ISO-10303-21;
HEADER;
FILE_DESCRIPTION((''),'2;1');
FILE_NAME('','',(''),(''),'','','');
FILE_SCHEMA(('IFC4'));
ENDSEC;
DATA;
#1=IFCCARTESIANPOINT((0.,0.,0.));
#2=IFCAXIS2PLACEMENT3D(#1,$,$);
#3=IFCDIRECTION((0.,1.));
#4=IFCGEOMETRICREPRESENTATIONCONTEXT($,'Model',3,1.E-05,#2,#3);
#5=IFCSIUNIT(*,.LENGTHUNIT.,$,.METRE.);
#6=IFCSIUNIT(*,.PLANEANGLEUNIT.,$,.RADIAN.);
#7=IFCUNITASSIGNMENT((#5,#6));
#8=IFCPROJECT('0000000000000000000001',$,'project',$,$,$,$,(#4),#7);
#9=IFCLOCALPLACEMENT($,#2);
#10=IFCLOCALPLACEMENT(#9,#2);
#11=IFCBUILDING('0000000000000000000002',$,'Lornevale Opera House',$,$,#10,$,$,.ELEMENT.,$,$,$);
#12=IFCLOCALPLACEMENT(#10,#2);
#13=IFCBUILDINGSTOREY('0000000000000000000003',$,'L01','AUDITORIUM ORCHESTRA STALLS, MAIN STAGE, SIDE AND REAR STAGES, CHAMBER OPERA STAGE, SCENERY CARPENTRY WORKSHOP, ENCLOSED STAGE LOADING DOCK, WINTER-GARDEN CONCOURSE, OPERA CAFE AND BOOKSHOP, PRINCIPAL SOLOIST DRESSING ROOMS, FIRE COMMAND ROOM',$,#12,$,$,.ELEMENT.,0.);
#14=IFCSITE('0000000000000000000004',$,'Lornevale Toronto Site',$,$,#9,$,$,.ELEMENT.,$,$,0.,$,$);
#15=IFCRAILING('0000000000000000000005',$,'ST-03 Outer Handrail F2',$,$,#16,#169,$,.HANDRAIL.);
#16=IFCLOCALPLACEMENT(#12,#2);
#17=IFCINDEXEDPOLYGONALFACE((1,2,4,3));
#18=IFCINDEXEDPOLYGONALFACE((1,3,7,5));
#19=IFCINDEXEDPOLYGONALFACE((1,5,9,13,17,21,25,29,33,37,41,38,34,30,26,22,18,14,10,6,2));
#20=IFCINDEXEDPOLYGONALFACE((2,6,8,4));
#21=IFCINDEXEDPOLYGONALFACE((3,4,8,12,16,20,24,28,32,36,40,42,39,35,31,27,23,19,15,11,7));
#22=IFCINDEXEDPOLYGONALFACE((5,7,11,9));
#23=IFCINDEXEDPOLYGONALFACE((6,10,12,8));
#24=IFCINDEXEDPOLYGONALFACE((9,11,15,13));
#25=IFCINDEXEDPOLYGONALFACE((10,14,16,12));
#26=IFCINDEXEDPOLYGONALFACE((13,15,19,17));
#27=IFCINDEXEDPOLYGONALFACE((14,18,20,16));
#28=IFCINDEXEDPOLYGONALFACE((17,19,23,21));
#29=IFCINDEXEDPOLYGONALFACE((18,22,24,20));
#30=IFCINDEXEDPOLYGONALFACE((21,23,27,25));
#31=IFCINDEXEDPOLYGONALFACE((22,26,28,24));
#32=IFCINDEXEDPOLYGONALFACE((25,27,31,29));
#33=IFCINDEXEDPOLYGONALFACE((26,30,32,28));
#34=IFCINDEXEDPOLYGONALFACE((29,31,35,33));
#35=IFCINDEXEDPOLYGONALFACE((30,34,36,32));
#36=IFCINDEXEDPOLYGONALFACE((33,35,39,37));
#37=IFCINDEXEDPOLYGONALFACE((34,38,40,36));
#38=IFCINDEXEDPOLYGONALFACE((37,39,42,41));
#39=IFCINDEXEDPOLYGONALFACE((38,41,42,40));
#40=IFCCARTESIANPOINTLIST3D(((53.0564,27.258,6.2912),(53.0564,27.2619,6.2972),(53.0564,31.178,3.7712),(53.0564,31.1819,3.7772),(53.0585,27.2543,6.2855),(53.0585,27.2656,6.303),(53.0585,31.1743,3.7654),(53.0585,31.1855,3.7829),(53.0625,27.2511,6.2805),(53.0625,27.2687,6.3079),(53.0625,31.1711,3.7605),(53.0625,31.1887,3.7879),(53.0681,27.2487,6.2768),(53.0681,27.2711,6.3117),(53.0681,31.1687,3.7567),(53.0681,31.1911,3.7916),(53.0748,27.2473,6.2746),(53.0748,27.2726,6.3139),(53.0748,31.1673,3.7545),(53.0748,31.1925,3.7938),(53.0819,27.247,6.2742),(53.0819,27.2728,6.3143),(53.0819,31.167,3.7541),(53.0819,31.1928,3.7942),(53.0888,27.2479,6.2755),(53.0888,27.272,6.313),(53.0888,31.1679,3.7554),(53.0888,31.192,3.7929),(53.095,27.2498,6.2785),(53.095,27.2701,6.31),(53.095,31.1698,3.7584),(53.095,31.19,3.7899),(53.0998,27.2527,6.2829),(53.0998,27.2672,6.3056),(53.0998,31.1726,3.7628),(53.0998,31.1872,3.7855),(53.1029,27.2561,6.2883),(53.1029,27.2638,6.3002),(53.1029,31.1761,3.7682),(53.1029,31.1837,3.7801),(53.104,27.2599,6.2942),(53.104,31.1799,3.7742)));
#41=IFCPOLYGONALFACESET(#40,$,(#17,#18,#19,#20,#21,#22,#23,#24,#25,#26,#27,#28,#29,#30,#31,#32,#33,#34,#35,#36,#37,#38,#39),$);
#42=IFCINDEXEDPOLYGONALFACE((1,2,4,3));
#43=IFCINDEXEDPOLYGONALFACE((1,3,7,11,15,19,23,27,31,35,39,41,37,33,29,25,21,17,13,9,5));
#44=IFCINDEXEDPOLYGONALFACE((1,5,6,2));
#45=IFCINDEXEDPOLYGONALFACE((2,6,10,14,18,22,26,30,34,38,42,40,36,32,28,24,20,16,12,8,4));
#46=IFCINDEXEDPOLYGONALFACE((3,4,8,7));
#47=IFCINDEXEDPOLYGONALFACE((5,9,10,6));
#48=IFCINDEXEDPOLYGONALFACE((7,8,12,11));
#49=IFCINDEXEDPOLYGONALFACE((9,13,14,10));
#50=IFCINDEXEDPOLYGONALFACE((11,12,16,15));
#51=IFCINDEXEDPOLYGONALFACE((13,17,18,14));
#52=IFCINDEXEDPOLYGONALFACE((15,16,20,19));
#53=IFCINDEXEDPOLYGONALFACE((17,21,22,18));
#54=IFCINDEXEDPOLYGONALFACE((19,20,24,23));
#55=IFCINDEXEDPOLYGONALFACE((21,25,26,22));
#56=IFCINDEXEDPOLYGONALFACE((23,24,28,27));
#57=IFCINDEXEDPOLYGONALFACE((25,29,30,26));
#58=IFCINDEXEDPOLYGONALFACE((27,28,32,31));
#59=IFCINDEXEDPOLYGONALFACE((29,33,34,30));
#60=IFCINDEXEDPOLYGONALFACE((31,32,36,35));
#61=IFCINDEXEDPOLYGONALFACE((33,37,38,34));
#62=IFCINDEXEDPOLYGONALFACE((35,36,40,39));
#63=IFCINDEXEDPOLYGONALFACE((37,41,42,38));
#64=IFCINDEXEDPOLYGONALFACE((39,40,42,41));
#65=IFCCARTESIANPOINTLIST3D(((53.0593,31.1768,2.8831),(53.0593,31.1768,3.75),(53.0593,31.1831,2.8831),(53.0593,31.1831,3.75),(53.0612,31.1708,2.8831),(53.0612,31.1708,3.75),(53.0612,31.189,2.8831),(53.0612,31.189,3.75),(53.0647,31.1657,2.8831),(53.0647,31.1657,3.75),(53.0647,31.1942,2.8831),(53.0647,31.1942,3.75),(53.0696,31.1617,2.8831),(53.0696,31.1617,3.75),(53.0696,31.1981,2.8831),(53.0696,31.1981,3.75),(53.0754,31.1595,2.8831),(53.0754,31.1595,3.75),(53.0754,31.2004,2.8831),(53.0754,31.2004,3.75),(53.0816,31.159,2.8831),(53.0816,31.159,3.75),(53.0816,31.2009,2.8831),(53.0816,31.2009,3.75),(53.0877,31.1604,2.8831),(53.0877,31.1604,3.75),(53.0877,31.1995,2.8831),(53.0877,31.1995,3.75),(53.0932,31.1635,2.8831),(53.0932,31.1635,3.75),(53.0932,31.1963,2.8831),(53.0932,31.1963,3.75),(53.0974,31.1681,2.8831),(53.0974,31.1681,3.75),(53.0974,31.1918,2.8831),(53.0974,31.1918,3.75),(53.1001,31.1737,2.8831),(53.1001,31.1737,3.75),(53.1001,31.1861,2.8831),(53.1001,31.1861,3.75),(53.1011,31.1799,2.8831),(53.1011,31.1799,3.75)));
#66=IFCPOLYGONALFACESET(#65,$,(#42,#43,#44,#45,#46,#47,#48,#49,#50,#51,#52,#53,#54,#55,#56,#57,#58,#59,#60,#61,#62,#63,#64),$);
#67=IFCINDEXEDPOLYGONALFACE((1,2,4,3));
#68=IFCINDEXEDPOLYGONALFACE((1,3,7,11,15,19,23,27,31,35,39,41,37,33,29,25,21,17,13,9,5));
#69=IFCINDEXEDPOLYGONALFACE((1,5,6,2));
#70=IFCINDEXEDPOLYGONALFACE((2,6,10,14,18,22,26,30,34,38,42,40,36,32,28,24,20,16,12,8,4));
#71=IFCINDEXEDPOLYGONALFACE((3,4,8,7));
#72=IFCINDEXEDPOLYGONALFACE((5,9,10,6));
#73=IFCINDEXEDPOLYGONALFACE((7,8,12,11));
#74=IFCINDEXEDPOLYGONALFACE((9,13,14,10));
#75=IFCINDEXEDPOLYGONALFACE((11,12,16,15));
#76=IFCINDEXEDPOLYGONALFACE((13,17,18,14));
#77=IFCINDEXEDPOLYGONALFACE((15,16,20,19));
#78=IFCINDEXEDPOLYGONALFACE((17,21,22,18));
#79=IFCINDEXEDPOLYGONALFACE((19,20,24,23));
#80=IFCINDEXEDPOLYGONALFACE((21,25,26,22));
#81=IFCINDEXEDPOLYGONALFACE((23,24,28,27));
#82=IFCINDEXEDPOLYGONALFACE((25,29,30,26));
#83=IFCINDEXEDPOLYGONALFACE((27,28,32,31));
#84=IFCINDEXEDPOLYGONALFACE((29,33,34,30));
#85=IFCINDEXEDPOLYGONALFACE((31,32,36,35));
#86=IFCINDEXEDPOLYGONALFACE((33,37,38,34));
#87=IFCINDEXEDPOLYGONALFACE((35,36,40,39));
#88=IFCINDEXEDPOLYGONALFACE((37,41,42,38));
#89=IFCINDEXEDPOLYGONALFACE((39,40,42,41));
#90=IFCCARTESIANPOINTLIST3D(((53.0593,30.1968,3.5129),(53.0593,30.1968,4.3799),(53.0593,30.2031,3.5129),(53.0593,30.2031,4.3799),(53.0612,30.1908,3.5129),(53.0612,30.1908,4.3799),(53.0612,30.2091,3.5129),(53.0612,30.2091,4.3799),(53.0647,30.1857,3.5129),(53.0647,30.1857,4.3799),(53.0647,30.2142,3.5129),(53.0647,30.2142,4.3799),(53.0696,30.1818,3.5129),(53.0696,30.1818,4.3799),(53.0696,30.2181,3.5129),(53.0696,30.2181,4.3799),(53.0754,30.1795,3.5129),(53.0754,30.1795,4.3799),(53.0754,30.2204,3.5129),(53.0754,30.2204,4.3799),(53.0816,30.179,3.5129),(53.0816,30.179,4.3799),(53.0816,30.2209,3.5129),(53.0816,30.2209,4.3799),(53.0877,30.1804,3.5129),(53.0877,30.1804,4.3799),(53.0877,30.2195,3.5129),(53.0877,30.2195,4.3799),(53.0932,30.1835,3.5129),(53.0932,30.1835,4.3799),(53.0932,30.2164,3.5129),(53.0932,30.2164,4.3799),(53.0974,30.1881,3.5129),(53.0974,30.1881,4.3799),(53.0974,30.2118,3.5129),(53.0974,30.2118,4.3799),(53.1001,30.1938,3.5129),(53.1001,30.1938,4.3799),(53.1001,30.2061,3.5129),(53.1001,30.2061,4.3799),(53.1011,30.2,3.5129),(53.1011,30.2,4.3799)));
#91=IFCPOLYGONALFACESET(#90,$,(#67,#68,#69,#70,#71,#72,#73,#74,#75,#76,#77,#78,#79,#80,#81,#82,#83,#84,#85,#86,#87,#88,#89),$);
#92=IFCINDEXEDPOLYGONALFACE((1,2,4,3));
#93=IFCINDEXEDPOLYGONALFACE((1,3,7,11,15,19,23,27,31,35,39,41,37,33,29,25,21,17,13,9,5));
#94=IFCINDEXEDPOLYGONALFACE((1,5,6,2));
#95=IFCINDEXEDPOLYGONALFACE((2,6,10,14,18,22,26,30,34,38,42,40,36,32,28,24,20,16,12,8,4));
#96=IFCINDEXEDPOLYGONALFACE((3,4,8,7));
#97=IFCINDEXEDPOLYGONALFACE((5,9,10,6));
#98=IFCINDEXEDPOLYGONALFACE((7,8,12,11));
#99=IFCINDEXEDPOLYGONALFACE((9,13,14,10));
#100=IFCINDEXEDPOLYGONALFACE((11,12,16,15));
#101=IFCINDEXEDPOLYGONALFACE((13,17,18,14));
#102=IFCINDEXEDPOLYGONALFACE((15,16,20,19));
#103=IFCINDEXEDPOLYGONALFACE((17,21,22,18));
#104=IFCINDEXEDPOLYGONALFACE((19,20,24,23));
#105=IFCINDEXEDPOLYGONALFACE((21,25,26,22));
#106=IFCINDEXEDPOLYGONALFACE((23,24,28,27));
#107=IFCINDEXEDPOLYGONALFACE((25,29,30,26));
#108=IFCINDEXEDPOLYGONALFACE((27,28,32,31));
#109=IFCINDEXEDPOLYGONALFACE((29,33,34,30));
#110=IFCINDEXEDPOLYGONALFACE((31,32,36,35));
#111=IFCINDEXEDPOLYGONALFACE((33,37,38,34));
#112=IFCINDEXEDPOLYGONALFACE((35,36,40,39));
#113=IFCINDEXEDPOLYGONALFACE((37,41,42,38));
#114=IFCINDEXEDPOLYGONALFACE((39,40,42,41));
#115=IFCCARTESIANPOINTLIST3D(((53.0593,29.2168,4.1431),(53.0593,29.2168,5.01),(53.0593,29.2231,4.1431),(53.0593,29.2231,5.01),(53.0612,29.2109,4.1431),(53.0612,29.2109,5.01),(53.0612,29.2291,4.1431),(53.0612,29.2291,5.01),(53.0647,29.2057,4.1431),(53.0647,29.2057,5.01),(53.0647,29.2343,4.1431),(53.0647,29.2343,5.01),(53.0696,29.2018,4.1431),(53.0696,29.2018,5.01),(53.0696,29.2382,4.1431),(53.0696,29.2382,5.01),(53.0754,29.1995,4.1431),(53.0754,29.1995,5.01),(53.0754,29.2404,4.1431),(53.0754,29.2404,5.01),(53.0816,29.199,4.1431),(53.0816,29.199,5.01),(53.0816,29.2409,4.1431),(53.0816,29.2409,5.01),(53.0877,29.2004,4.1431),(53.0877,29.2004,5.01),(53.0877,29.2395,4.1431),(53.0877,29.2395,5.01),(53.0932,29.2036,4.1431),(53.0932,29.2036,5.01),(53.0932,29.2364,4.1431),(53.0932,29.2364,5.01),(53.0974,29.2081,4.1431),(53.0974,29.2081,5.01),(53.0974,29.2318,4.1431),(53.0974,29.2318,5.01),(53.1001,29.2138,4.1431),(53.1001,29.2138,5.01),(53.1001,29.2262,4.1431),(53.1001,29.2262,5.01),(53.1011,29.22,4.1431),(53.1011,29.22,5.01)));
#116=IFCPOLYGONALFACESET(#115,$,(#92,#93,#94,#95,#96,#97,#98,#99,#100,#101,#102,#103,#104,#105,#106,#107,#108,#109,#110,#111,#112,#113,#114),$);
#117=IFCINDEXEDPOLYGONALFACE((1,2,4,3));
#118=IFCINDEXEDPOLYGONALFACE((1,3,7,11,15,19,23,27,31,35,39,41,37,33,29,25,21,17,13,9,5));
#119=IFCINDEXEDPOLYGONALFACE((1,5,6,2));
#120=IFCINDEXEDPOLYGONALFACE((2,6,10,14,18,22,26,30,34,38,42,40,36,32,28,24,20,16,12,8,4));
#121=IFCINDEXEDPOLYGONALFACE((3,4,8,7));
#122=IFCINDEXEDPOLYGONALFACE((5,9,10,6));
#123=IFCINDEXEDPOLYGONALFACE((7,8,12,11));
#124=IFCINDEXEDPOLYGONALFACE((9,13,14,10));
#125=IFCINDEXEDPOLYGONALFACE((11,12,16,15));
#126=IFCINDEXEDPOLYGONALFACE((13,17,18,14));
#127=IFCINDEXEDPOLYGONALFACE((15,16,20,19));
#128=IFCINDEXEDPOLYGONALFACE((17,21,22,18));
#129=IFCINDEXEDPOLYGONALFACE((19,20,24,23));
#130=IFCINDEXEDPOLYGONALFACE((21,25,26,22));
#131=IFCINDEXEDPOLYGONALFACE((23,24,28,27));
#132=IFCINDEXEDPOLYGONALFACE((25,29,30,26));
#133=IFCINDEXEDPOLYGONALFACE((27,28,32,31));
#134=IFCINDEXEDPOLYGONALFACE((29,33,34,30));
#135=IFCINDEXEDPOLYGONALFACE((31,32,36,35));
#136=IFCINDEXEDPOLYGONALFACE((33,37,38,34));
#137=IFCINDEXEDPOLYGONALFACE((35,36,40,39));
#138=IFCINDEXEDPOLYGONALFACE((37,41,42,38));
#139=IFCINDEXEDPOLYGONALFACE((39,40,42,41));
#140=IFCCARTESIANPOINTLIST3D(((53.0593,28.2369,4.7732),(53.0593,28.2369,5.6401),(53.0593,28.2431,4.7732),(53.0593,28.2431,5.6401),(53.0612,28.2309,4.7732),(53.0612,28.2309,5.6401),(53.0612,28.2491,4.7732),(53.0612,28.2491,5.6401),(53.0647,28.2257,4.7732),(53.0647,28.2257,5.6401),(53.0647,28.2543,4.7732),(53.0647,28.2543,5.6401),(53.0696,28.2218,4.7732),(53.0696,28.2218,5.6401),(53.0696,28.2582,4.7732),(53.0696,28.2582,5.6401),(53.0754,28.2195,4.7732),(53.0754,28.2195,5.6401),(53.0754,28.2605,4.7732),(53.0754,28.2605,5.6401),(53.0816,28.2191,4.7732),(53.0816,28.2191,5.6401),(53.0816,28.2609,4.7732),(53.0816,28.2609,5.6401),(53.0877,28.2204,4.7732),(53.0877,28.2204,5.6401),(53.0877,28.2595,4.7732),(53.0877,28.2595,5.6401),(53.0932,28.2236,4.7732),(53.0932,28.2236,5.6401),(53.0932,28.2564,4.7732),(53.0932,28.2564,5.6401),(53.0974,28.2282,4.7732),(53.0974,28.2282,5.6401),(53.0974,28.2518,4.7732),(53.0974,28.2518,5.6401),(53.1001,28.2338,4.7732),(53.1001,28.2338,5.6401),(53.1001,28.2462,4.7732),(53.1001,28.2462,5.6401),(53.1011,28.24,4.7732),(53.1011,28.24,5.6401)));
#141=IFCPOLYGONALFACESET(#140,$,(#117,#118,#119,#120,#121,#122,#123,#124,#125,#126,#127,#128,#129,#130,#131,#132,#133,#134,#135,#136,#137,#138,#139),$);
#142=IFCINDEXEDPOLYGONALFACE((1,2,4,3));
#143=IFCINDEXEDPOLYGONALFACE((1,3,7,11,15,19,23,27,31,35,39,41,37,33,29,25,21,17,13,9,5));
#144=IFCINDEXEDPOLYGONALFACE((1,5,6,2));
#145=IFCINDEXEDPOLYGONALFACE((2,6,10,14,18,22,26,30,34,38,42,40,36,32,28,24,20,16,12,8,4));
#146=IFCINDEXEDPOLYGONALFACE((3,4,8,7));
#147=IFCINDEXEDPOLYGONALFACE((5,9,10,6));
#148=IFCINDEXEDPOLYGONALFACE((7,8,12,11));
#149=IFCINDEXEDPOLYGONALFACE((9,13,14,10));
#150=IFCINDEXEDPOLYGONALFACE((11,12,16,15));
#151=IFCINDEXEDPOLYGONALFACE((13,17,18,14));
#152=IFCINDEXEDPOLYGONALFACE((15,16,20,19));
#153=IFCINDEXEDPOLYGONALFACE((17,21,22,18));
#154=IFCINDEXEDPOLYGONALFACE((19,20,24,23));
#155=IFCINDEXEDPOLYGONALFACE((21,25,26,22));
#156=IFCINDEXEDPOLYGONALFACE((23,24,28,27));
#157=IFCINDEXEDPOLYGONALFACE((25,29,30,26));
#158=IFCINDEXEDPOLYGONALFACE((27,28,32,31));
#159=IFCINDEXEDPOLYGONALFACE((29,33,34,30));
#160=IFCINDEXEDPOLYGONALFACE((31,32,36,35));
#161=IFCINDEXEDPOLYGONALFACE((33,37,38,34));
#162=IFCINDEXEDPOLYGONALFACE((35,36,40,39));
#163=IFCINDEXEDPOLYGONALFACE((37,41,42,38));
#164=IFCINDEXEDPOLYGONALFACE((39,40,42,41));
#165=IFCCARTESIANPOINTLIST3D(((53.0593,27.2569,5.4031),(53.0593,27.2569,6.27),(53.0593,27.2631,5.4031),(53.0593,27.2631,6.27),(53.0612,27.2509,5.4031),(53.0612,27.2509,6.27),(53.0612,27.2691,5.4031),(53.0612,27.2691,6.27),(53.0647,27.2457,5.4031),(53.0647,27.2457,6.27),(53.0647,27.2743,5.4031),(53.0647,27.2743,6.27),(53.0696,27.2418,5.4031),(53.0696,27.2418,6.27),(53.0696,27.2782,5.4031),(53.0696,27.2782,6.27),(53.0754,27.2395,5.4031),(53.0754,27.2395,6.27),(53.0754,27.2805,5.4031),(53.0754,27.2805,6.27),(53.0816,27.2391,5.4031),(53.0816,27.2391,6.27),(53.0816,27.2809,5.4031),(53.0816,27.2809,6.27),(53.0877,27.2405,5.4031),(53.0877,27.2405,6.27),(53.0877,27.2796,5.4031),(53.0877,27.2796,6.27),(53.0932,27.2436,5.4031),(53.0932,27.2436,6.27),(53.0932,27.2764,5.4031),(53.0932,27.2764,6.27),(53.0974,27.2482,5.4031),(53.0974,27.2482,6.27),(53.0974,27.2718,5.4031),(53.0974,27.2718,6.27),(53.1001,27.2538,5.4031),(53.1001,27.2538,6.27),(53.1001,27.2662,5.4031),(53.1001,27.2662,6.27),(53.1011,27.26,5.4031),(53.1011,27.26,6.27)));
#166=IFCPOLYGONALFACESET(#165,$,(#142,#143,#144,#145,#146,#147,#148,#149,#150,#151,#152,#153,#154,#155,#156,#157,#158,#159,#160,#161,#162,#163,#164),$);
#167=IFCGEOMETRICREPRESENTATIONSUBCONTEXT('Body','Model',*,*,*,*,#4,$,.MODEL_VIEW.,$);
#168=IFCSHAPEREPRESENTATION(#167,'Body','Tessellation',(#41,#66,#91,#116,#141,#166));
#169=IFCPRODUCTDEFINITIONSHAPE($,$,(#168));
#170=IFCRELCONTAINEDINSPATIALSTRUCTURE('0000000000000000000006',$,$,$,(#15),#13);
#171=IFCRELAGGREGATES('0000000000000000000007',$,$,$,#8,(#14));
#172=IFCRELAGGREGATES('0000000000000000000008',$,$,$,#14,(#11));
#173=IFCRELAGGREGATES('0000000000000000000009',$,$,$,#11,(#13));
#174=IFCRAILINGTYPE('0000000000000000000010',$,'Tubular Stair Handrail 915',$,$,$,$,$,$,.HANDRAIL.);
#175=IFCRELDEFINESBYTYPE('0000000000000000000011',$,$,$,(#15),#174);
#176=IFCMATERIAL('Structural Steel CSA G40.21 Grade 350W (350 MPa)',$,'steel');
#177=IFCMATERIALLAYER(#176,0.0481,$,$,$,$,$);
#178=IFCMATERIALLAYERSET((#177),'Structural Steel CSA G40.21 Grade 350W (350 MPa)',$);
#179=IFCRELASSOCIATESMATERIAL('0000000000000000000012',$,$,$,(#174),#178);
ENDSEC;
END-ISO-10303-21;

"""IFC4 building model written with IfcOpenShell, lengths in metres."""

from ifc_helpers import new_model, si_unit, direction, frame, origin, origin_2d, place, context, subcontext, project, spatial, circle, extrude, material, layer, layer_set, type_object, element, save


model = new_model("IFC4")

# Units and contexts
model_context = context("Model", 3, precision=1e-05, world=origin(), true_north=direction((0.0, 1.0)))
body_context = subcontext(model_context, "Body", "Model", "MODEL_VIEW")
ifc_project = project(units=[si_unit("LENGTHUNIT", "METRE"), si_unit("PLANEANGLEUNIT", "RADIAN")], contexts=[model_context])

# Site, building, storey
site_placement = place(None, origin())
site = spatial("IfcSite", under=ifc_project, at=site_placement, Name="Lornevale Toronto Site", CompositionType="ELEMENT", RefElevation=0.0)
building_placement = place(site_placement, origin())
building = spatial("IfcBuilding", under=site, at=building_placement, Name="Lornevale Opera House", CompositionType="ELEMENT")
storey_placement = place(building_placement, origin())
storey = spatial("IfcBuildingStorey", under=building, at=storey_placement, Name="L01", Description="AUDITORIUM ORCHESTRA STALLS, MAIN STAGE, SIDE AND REAR STAGES, CHAMBER OPERA STAGE, SCENERY CARPENTRY WORKSHOP, ENCLOSED STAGE LOADING DOCK, WINTER-GARDEN CONCOURSE, OPERA CAFE AND BOOKSHOP, PRINCIPAL SOLOIST DRESSING ROOMS, FIRE COMMAND ROOM", CompositionType="ELEMENT", Elevation=0.0)

# Railing
ifc_material_1 = material(Name="Structural Steel CSA G40.21 Grade 350W (350 MPa)", Category="steel")
ifc_layer_1 = layer(ifc_material_1, 0.0481)
ifc_layer_set_1 = layer_set([ifc_layer_1], Name="Structural Steel CSA G40.21 Grade 350W (350 MPa)")
railing_type_1 = type_object("IfcRailingType", Name="Tubular Stair Handrail 915", PredefinedType="HANDRAIL", material=ifc_layer_set_1)
railing_1_placement = place(storey_placement, frame((53.0801, 31.1799, 2.8831)))
element("IfcRailing", 1, at=railing_1_placement, inside=storey, type_object=railing_type_1, Name="ST-03 Outer Handrail F2", PredefinedType="HANDRAIL", context=body_context, shape_type="SweptSolid", body=[
    extrude(circle(Radius=0.0239, at=origin_2d()), frame((0.0, 0.0, 0.8911), z_axis=(0.0, -0.841172, 0.540768), x_axis=(1.0, 0.0, 0.0)), (0.0, 0.0, 1.0), 4.6602),
    extrude(circle(Radius=0.021, at=origin_2d()), origin(), (0.0, 0.0, 1.0), 0.8669),
    extrude(circle(Radius=0.021, at=origin_2d()), frame((0.0, -0.98, 0.6299)), (0.0, 0.0, 1.0), 0.8669),
    extrude(circle(Radius=0.021, at=origin_2d()), frame((0.0, -1.96, 1.26)), (0.0, 0.0, 1.0), 0.8669),
    extrude(circle(Radius=0.021, at=origin_2d()), frame((0.0, -2.9399, 1.8901)), (0.0, 0.0, 1.0), 0.8669),
    extrude(circle(Radius=0.021, at=origin_2d()), frame((0.0, -3.9199, 2.52)), (0.0, 0.0, 1.0), 0.8669),
])

save(model, "model.ifc")
